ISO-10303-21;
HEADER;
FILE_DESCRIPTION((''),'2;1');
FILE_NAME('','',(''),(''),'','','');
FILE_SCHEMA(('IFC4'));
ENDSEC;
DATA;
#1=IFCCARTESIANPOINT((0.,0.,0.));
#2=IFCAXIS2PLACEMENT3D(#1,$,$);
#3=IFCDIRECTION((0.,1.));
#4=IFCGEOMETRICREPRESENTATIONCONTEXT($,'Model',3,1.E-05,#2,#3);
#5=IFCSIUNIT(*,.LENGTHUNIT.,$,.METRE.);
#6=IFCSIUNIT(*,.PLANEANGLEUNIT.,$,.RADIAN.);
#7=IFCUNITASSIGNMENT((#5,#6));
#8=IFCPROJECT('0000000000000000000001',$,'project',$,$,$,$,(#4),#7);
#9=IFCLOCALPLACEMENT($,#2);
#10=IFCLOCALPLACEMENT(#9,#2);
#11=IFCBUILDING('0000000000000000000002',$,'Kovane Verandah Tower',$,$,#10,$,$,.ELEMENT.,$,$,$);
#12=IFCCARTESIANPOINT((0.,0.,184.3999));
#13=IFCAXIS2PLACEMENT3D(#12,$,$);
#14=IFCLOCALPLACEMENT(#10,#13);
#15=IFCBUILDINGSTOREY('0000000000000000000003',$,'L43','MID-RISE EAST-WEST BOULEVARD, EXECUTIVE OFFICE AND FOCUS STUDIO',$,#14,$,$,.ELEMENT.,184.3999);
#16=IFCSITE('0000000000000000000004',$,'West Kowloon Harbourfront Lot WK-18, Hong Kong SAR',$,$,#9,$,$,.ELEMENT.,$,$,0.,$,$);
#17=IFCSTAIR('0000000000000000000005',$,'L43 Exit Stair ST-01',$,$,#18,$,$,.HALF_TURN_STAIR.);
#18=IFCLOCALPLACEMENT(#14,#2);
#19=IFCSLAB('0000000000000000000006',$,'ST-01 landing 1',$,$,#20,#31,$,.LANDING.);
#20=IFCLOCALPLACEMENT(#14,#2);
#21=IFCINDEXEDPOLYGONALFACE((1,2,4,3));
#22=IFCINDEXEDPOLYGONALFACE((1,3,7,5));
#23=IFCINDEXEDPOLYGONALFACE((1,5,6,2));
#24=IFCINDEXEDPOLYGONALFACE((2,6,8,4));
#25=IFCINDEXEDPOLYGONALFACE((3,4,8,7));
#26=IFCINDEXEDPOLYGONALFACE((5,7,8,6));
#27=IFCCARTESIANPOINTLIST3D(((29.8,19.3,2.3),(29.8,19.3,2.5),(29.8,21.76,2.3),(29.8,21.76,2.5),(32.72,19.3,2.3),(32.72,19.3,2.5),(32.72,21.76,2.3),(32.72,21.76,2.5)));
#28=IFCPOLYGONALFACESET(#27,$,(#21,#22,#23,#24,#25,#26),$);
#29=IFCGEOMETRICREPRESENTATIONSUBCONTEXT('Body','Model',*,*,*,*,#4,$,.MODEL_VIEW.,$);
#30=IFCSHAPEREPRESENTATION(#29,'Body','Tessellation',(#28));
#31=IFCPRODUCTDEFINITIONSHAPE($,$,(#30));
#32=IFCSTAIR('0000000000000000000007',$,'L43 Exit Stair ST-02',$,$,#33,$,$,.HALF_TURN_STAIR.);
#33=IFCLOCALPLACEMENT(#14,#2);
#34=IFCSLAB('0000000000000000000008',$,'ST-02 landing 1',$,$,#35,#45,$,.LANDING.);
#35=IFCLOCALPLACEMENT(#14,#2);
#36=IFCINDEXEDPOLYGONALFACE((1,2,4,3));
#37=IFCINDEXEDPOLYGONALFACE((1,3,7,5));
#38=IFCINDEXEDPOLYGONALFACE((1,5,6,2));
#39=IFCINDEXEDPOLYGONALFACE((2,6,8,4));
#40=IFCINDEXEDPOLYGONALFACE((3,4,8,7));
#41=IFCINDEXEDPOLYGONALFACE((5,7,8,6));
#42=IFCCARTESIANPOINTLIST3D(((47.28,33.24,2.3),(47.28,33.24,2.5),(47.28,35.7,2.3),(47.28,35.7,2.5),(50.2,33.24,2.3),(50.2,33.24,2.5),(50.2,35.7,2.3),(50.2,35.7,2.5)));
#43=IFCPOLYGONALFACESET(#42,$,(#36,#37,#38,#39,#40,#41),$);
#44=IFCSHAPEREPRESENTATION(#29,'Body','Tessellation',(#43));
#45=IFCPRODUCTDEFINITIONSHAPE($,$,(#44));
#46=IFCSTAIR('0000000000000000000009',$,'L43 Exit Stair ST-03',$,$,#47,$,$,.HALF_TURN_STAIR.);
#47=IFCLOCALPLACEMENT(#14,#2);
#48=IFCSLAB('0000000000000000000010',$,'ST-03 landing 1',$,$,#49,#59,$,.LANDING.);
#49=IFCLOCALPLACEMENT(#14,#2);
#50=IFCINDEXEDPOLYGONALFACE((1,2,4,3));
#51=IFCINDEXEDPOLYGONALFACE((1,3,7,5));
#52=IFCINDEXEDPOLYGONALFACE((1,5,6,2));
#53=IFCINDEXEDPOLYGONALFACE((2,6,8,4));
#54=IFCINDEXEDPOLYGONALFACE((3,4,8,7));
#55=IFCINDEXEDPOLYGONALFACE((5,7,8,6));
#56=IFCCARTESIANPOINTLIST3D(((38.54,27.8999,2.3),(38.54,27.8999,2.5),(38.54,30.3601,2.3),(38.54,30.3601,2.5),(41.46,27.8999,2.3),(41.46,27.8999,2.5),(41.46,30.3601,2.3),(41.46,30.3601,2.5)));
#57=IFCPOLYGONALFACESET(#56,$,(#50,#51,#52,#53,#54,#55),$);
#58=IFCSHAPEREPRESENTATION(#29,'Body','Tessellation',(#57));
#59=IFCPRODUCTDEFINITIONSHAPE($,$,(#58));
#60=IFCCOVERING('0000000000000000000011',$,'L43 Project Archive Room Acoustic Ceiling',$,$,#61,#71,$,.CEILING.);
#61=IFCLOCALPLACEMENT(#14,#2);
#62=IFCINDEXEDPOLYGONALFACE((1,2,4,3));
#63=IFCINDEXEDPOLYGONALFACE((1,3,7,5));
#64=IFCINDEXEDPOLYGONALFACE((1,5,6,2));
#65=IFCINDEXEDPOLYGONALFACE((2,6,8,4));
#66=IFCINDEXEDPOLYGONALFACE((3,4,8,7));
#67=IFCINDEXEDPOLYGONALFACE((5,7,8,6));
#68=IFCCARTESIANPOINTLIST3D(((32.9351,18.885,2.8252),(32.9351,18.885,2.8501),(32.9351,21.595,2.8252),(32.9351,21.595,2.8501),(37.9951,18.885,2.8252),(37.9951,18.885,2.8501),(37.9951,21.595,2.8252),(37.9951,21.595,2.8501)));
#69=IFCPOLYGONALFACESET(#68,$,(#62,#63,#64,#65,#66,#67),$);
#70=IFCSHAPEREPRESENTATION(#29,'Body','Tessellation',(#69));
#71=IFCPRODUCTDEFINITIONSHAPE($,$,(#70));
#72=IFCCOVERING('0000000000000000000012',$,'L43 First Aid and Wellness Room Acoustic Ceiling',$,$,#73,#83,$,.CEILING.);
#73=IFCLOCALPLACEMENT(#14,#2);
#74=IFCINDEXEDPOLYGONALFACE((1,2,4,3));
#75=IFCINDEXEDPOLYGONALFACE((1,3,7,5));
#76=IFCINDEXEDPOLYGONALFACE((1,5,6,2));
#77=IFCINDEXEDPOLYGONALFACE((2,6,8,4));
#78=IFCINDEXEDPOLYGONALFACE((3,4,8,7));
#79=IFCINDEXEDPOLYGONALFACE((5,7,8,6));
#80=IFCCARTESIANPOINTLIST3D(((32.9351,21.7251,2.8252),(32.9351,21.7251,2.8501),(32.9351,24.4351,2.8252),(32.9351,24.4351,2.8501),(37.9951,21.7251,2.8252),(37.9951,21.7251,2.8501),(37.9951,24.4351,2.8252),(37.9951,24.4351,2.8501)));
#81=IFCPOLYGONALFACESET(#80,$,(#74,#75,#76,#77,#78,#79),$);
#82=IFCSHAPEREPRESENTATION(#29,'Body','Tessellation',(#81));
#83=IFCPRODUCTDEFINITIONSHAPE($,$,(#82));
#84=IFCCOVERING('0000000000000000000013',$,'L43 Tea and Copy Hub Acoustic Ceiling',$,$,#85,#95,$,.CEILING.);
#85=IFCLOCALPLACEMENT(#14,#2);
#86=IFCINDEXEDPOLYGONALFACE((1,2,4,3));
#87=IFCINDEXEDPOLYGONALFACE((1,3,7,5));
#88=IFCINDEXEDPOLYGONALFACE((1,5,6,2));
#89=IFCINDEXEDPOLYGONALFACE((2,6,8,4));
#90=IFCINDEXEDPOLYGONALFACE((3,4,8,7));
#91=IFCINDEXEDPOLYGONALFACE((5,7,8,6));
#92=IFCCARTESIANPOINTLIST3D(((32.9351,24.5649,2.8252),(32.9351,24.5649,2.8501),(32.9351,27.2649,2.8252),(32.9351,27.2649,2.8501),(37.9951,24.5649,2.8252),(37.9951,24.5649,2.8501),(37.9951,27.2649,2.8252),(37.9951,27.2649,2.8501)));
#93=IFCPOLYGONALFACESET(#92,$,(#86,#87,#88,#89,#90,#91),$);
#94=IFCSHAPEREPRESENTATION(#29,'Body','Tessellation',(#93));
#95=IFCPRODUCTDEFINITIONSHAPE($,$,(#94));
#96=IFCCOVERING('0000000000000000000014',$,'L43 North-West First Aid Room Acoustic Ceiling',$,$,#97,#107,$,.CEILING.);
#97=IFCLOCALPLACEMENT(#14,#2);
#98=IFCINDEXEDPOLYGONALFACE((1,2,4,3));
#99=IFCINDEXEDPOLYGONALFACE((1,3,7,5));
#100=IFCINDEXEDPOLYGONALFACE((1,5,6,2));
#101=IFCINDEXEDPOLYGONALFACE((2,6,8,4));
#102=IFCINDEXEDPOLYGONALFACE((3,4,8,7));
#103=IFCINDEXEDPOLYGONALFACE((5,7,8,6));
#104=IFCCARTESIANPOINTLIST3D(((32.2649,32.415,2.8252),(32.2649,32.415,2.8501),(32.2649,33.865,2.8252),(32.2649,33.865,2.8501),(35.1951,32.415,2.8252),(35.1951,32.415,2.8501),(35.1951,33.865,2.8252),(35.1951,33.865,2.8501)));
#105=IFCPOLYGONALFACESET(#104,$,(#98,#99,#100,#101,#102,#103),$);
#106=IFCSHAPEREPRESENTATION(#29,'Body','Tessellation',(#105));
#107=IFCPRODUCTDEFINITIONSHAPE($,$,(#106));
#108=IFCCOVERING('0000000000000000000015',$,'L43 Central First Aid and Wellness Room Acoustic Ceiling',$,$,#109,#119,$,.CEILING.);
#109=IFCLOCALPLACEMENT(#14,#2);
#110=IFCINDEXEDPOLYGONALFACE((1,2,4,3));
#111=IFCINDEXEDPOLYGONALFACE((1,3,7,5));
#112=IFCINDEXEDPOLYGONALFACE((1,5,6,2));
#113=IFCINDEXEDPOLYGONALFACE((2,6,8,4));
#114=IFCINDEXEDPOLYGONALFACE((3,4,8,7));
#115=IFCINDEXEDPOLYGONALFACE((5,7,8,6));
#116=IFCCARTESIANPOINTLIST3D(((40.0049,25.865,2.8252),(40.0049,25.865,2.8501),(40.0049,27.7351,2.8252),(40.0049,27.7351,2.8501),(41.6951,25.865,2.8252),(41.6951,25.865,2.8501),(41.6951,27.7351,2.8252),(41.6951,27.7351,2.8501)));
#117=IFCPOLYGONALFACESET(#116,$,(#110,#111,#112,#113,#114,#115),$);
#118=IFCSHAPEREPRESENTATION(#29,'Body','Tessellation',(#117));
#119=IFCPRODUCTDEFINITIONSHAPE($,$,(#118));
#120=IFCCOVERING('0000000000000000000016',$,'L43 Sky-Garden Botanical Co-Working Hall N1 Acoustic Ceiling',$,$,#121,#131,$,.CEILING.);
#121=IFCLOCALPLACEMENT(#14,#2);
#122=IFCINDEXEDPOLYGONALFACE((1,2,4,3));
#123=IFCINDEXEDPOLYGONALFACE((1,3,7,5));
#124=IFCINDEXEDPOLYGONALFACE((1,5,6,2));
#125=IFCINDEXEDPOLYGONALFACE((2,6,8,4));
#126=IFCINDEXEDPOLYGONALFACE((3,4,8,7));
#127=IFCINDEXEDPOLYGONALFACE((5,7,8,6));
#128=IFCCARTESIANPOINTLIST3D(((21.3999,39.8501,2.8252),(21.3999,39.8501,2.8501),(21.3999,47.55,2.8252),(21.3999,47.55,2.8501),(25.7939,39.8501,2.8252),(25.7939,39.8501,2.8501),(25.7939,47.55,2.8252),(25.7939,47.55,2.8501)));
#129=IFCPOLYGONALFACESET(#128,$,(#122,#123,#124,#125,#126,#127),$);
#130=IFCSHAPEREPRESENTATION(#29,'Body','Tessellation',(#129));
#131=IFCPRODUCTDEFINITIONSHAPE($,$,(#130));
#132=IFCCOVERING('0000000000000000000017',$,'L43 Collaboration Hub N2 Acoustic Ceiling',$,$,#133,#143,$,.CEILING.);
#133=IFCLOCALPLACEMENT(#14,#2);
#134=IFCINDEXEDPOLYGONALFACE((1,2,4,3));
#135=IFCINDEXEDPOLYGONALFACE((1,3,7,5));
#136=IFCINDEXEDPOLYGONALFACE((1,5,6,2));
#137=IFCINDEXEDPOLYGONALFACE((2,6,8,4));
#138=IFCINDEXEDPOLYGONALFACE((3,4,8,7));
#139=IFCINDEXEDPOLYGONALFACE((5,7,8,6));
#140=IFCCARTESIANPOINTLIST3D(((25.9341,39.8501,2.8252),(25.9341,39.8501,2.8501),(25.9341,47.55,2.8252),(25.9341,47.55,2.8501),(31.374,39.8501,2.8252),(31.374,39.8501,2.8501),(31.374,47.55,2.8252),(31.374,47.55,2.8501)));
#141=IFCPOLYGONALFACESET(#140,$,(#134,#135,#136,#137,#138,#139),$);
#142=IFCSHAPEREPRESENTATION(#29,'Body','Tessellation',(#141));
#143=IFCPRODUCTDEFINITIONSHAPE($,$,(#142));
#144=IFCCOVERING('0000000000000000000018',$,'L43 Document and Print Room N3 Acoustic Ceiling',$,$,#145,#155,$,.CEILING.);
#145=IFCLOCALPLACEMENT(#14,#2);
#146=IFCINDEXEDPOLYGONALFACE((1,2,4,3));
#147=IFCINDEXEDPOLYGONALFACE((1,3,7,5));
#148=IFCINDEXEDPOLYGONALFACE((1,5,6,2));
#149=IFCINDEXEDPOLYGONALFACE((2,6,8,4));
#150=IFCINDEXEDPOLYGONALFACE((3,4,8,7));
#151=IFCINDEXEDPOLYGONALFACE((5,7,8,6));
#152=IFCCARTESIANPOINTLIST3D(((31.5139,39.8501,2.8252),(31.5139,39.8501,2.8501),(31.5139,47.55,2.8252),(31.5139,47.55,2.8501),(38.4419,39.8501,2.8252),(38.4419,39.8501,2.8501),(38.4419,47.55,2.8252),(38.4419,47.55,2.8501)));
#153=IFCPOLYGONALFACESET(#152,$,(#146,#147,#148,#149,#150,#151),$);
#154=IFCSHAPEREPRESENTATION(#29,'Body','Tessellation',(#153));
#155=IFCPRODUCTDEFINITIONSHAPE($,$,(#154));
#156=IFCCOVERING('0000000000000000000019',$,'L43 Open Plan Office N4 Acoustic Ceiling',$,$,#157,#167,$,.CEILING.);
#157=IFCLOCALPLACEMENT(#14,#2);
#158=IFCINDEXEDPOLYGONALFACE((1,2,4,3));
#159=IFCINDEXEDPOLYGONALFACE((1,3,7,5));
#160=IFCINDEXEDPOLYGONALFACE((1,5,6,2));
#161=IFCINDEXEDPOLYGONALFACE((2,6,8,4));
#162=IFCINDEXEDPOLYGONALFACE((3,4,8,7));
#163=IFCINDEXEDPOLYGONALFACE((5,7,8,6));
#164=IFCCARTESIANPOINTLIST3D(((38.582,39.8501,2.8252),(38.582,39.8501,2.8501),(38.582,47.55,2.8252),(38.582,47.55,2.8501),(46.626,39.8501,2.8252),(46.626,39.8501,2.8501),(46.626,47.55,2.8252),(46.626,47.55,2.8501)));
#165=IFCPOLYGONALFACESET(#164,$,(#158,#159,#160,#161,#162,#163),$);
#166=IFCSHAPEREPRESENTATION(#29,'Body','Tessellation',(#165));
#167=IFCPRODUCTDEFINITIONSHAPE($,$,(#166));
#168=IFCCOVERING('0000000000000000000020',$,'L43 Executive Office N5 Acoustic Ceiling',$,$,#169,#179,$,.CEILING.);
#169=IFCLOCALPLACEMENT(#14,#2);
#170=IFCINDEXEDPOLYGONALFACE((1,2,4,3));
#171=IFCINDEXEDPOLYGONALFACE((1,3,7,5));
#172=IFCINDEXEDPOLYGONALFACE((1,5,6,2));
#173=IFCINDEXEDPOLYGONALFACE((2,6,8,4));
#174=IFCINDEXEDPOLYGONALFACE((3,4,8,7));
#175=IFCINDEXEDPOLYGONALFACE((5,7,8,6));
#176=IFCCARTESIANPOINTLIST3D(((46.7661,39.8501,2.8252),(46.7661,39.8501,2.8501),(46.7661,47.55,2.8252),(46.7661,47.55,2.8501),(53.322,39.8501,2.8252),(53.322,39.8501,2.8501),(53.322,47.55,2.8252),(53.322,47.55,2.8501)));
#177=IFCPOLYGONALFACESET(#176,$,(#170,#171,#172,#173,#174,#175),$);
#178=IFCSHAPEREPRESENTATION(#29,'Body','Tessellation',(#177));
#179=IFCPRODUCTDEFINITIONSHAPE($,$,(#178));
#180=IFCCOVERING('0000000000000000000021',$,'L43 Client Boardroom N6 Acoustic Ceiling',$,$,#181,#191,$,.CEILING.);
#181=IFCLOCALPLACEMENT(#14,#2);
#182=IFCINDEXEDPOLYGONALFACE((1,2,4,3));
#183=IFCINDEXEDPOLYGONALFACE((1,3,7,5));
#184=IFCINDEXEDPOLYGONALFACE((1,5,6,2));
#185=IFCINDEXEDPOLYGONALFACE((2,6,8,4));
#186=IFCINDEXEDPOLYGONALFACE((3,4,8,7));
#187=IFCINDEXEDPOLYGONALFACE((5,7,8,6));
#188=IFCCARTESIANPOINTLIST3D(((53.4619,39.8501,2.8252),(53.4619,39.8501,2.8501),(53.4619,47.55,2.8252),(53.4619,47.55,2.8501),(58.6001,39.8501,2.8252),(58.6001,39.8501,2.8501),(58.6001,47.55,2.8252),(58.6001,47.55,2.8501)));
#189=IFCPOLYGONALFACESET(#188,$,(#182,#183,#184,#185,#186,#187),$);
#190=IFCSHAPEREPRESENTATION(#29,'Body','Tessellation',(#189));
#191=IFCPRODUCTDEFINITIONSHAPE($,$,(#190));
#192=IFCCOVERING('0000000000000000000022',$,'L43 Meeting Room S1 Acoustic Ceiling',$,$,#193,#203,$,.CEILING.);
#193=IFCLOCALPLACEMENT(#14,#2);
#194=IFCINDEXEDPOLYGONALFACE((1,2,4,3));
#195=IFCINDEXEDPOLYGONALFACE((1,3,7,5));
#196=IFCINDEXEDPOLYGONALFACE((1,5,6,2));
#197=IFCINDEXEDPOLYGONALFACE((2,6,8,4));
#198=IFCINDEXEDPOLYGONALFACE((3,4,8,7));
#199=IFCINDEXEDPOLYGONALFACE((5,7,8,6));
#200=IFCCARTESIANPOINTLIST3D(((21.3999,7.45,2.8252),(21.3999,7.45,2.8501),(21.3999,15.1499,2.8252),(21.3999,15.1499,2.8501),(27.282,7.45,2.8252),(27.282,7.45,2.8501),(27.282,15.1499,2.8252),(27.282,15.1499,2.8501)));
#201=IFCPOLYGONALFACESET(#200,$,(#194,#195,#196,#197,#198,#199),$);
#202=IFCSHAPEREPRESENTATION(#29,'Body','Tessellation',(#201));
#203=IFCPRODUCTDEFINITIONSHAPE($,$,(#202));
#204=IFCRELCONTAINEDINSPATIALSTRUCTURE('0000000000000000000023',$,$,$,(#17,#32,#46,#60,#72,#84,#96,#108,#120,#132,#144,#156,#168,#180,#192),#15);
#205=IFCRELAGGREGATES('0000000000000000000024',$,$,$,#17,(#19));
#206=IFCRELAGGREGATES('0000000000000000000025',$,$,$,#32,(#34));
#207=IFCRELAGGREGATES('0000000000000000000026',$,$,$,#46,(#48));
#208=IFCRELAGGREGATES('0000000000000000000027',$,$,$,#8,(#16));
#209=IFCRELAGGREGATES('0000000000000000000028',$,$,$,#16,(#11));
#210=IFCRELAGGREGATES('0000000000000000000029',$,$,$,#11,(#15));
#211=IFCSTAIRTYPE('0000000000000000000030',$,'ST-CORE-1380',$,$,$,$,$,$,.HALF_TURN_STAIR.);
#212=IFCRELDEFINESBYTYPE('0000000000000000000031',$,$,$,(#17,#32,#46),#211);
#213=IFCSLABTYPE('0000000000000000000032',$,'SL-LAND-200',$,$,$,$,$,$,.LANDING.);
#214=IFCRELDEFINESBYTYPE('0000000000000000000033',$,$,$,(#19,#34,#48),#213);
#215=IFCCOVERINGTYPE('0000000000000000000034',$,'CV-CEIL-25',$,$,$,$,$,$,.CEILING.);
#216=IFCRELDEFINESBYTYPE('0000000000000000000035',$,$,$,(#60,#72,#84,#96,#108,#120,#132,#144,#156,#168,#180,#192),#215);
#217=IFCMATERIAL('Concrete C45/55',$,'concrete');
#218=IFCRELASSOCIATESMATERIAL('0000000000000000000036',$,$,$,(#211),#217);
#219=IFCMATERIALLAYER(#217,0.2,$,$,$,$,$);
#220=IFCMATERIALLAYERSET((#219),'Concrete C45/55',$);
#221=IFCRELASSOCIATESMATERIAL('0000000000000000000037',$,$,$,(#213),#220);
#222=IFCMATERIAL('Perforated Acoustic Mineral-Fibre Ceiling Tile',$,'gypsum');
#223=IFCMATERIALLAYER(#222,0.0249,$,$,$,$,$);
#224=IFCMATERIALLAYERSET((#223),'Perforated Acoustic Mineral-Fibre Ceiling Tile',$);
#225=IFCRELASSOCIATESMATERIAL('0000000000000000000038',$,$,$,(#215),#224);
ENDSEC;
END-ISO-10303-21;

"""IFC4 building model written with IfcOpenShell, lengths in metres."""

from ifc_helpers import new_model, si_unit, direction, frame, origin, place, context, subcontext, project, spatial, polyline, outline, extrude, material, layer, layer_set, type_object, element, aggregate, save


model = new_model("IFC4")

# Units and contexts
model_context = context("Model", 3, precision=1e-05, world=origin(), true_north=direction((0.0, 1.0)))
body_context = subcontext(model_context, "Body", "Model", "MODEL_VIEW")
ifc_project = project(units=[si_unit("LENGTHUNIT", "METRE"), si_unit("PLANEANGLEUNIT", "RADIAN")], contexts=[model_context])

# Site, building, storey
site_placement = place(None, origin())
site = spatial("IfcSite", under=ifc_project, at=site_placement, Name="West Kowloon Harbourfront Lot WK-18, Hong Kong SAR", CompositionType="ELEMENT", RefElevation=0.0)
building_placement = place(site_placement, origin())
building = spatial("IfcBuilding", under=site, at=building_placement, Name="Kovane Verandah Tower", CompositionType="ELEMENT")
storey_placement = place(building_placement, frame((0.0, 0.0, 184.3999)))
storey = spatial("IfcBuildingStorey", under=building, at=storey_placement, Name="L43", Description="MID-RISE EAST-WEST BOULEVARD, EXECUTIVE OFFICE AND FOCUS STUDIO", CompositionType="ELEMENT", Elevation=184.3999)

# Stairs, slabs
ifc_material_1 = material(Name="Concrete C45/55", Category="concrete")
stair_type = type_object("IfcStairType", Name="ST-CORE-1380", PredefinedType="HALF_TURN_STAIR", material=ifc_material_1)
stair_1_placement = place(storey_placement, origin())
stair_1 = element("IfcStair", 1, at=stair_1_placement, inside=storey, type_object=stair_type, Name="L43 Exit Stair ST-01", PredefinedType="HALF_TURN_STAIR")
ifc_layer_1 = layer(ifc_material_1, 0.2)
ifc_layer_set_1 = layer_set([ifc_layer_1], Name="Concrete C45/55")
slab_type = type_object("IfcSlabType", Name="SL-LAND-200", PredefinedType="LANDING", material=ifc_layer_set_1)
slab_1_placement = place(storey_placement, frame((0.0, 0.0, 2.3)))
slab_1 = element("IfcSlab", 2, at=slab_1_placement, type_object=slab_type, Name="ST-01 landing 1", PredefinedType="LANDING", context=body_context, shape_type="SweptSolid", body=[
    extrude(outline(polyline([(29.8, 21.76), (29.8, 19.3), (32.72, 19.3), (32.72, 21.76), (29.8, 21.76)])), origin(), (0.0, 0.0, 1.0), 0.2),
])
aggregate(stair_1, [slab_1])
stair_2_placement = place(storey_placement, origin())
stair_2 = element("IfcStair", 3, at=stair_2_placement, inside=storey, type_object=stair_type, Name="L43 Exit Stair ST-02", PredefinedType="HALF_TURN_STAIR")
slab_2_placement = place(storey_placement, frame((0.0, 0.0, 2.3)))
slab_2 = element("IfcSlab", 4, at=slab_2_placement, type_object=slab_type, Name="ST-02 landing 1", PredefinedType="LANDING", context=body_context, shape_type="SweptSolid", body=[
    extrude(outline(polyline([(50.2, 33.24), (50.2, 35.7), (47.28, 35.7), (47.28, 33.24), (50.2, 33.24)])), origin(), (0.0, 0.0, 1.0), 0.2),
])
aggregate(stair_2, [slab_2])
stair_3_placement = place(storey_placement, origin())
stair_3 = element("IfcStair", 5, at=stair_3_placement, inside=storey, type_object=stair_type, Name="L43 Exit Stair ST-03", PredefinedType="HALF_TURN_STAIR")
slab_3_placement = place(storey_placement, frame((0.0, 0.0, 2.3)))
slab_3 = element("IfcSlab", 6, at=slab_3_placement, type_object=slab_type, Name="ST-03 landing 1", PredefinedType="LANDING", context=body_context, shape_type="SweptSolid", body=[
    extrude(outline(polyline([(38.54, 30.3601), (38.54, 27.8999), (41.46, 27.8999), (41.46, 30.3601), (38.54, 30.3601)])), origin(), (0.0, 0.0, 1.0), 0.2),
])
aggregate(stair_3, [slab_3])

# Coverings
ifc_material_2 = material(Name="Perforated Acoustic Mineral-Fibre Ceiling Tile", Category="gypsum")
ifc_layer_2 = layer(ifc_material_2, 0.0249)
ifc_layer_set_2 = layer_set([ifc_layer_2], Name="Perforated Acoustic Mineral-Fibre Ceiling Tile")
covering_type_1 = type_object("IfcCoveringType", Name="CV-CEIL-25", PredefinedType="CEILING", material=ifc_layer_set_2)
covering_1_placement = place(storey_placement, frame((0.0, 0.0, 2.8252)))
element("IfcCovering", 7, at=covering_1_placement, inside=storey, type_object=covering_type_1, Name="L43 Project Archive Room Acoustic Ceiling", PredefinedType="CEILING", context=body_context, shape_type="SweptSolid", body=[
    extrude(outline(polyline([(32.9351, 18.885), (37.9951, 18.885), (37.9951, 21.595), (32.9351, 21.595), (32.9351, 18.885)])), origin(), (0.0, 0.0, 1.0), 0.0249),
])
covering_2_placement = place(storey_placement, frame((0.0, 0.0, 2.8252)))
element("IfcCovering", 8, at=covering_2_placement, inside=storey, type_object=covering_type_1, Name="L43 First Aid and Wellness Room Acoustic Ceiling", PredefinedType="CEILING", context=body_context, shape_type="SweptSolid", body=[
    extrude(outline(polyline([(32.9351, 21.7251), (37.9951, 21.7251), (37.9951, 24.4351), (32.9351, 24.4351), (32.9351, 21.7251)])), origin(), (0.0, 0.0, 1.0), 0.0249),
])
covering_3_placement = place(storey_placement, frame((0.0, 0.0, 2.8252)))
element("IfcCovering", 9, at=covering_3_placement, inside=storey, type_object=covering_type_1, Name="L43 Tea and Copy Hub Acoustic Ceiling", PredefinedType="CEILING", context=body_context, shape_type="SweptSolid", body=[
    extrude(outline(polyline([(32.9351, 24.5649), (37.9951, 24.5649), (37.9951, 27.2649), (32.9351, 27.2649), (32.9351, 24.5649)])), origin(), (0.0, 0.0, 1.0), 0.0249),
])
covering_4_placement = place(storey_placement, frame((0.0, 0.0, 2.8252)))
element("IfcCovering", 10, at=covering_4_placement, inside=storey, type_object=covering_type_1, Name="L43 North-West First Aid Room Acoustic Ceiling", PredefinedType="CEILING", context=body_context, shape_type="SweptSolid", body=[
    extrude(outline(polyline([(32.2649, 32.415), (35.1951, 32.415), (35.1951, 33.865), (32.2649, 33.865), (32.2649, 32.415)])), origin(), (0.0, 0.0, 1.0), 0.0249),
])
covering_5_placement = place(storey_placement, frame((0.0, 0.0, 2.8252)))
element("IfcCovering", 11, at=covering_5_placement, inside=storey, type_object=covering_type_1, Name="L43 Central First Aid and Wellness Room Acoustic Ceiling", PredefinedType="CEILING", context=body_context, shape_type="SweptSolid", body=[
    extrude(outline(polyline([(40.0049, 25.865), (41.6951, 25.865), (41.6951, 27.7351), (40.0049, 27.7351), (40.0049, 25.865)])), origin(), (0.0, 0.0, 1.0), 0.0249),
])
covering_6_placement = place(storey_placement, frame((0.0, 0.0, 2.8252)))
element("IfcCovering", 12, at=covering_6_placement, inside=storey, type_object=covering_type_1, Name="L43 Sky-Garden Botanical Co-Working Hall N1 Acoustic Ceiling", PredefinedType="CEILING", context=body_context, shape_type="SweptSolid", body=[
    extrude(outline(polyline([(21.3999, 39.8501), (25.7939, 39.8501), (25.7939, 47.55), (21.3999, 47.55), (21.3999, 39.8501)])), origin(), (0.0, 0.0, 1.0), 0.0249),
])
covering_7_placement = place(storey_placement, frame((0.0, 0.0, 2.8252)))
element("IfcCovering", 13, at=covering_7_placement, inside=storey, type_object=covering_type_1, Name="L43 Collaboration Hub N2 Acoustic Ceiling", PredefinedType="CEILING", context=body_context, shape_type="SweptSolid", body=[
    extrude(outline(polyline([(25.9341, 39.8501), (31.374, 39.8501), (31.374, 47.55), (25.9341, 47.55), (25.9341, 39.8501)])), origin(), (0.0, 0.0, 1.0), 0.0249),
])
covering_8_placement = place(storey_placement, frame((0.0, 0.0, 2.8252)))
element("IfcCovering", 14, at=covering_8_placement, inside=storey, type_object=covering_type_1, Name="L43 Document and Print Room N3 Acoustic Ceiling", PredefinedType="CEILING", context=body_context, shape_type="SweptSolid", body=[
    extrude(outline(polyline([(31.5139, 39.8501), (38.4419, 39.8501), (38.4419, 47.55), (31.5139, 47.55), (31.5139, 39.8501)])), origin(), (0.0, 0.0, 1.0), 0.0249),
])
covering_9_placement = place(storey_placement, frame((0.0, 0.0, 2.8252)))
element("IfcCovering", 15, at=covering_9_placement, inside=storey, type_object=covering_type_1, Name="L43 Open Plan Office N4 Acoustic Ceiling", PredefinedType="CEILING", context=body_context, shape_type="SweptSolid", body=[
    extrude(outline(polyline([(38.582, 39.8501), (46.626, 39.8501), (46.626, 47.55), (38.582, 47.55), (38.582, 39.8501)])), origin(), (0.0, 0.0, 1.0), 0.0249),
])
covering_10_placement = place(storey_placement, frame((0.0, 0.0, 2.8252)))
element("IfcCovering", 16, at=covering_10_placement, inside=storey, type_object=covering_type_1, Name="L43 Executive Office N5 Acoustic Ceiling", PredefinedType="CEILING", context=body_context, shape_type="SweptSolid", body=[
    extrude(outline(polyline([(46.7661, 39.8501), (53.322, 39.8501), (53.322, 47.55), (46.7661, 47.55), (46.7661, 39.8501)])), origin(), (0.0, 0.0, 1.0), 0.0249),
])
covering_11_placement = place(storey_placement, frame((0.0, 0.0, 2.8252)))
element("IfcCovering", 17, at=covering_11_placement, inside=storey, type_object=covering_type_1, Name="L43 Client Boardroom N6 Acoustic Ceiling", PredefinedType="CEILING", context=body_context, shape_type="SweptSolid", body=[
    extrude(outline(polyline([(53.4619, 39.8501), (58.6001, 39.8501), (58.6001, 47.55), (53.4619, 47.55), (53.4619, 39.8501)])), origin(), (0.0, 0.0, 1.0), 0.0249),
])
covering_12_placement = place(storey_placement, frame((0.0, 0.0, 2.8252)))
element("IfcCovering", 18, at=covering_12_placement, inside=storey, type_object=covering_type_1, Name="L43 Meeting Room S1 Acoustic Ceiling", PredefinedType="CEILING", context=body_context, shape_type="SweptSolid", body=[
    extrude(outline(polyline([(21.3999, 7.45), (27.282, 7.45), (27.282, 15.1499), (21.3999, 15.1499), (21.3999, 7.45)])), origin(), (0.0, 0.0, 1.0), 0.0249),
])

save(model, "model.ifc")
